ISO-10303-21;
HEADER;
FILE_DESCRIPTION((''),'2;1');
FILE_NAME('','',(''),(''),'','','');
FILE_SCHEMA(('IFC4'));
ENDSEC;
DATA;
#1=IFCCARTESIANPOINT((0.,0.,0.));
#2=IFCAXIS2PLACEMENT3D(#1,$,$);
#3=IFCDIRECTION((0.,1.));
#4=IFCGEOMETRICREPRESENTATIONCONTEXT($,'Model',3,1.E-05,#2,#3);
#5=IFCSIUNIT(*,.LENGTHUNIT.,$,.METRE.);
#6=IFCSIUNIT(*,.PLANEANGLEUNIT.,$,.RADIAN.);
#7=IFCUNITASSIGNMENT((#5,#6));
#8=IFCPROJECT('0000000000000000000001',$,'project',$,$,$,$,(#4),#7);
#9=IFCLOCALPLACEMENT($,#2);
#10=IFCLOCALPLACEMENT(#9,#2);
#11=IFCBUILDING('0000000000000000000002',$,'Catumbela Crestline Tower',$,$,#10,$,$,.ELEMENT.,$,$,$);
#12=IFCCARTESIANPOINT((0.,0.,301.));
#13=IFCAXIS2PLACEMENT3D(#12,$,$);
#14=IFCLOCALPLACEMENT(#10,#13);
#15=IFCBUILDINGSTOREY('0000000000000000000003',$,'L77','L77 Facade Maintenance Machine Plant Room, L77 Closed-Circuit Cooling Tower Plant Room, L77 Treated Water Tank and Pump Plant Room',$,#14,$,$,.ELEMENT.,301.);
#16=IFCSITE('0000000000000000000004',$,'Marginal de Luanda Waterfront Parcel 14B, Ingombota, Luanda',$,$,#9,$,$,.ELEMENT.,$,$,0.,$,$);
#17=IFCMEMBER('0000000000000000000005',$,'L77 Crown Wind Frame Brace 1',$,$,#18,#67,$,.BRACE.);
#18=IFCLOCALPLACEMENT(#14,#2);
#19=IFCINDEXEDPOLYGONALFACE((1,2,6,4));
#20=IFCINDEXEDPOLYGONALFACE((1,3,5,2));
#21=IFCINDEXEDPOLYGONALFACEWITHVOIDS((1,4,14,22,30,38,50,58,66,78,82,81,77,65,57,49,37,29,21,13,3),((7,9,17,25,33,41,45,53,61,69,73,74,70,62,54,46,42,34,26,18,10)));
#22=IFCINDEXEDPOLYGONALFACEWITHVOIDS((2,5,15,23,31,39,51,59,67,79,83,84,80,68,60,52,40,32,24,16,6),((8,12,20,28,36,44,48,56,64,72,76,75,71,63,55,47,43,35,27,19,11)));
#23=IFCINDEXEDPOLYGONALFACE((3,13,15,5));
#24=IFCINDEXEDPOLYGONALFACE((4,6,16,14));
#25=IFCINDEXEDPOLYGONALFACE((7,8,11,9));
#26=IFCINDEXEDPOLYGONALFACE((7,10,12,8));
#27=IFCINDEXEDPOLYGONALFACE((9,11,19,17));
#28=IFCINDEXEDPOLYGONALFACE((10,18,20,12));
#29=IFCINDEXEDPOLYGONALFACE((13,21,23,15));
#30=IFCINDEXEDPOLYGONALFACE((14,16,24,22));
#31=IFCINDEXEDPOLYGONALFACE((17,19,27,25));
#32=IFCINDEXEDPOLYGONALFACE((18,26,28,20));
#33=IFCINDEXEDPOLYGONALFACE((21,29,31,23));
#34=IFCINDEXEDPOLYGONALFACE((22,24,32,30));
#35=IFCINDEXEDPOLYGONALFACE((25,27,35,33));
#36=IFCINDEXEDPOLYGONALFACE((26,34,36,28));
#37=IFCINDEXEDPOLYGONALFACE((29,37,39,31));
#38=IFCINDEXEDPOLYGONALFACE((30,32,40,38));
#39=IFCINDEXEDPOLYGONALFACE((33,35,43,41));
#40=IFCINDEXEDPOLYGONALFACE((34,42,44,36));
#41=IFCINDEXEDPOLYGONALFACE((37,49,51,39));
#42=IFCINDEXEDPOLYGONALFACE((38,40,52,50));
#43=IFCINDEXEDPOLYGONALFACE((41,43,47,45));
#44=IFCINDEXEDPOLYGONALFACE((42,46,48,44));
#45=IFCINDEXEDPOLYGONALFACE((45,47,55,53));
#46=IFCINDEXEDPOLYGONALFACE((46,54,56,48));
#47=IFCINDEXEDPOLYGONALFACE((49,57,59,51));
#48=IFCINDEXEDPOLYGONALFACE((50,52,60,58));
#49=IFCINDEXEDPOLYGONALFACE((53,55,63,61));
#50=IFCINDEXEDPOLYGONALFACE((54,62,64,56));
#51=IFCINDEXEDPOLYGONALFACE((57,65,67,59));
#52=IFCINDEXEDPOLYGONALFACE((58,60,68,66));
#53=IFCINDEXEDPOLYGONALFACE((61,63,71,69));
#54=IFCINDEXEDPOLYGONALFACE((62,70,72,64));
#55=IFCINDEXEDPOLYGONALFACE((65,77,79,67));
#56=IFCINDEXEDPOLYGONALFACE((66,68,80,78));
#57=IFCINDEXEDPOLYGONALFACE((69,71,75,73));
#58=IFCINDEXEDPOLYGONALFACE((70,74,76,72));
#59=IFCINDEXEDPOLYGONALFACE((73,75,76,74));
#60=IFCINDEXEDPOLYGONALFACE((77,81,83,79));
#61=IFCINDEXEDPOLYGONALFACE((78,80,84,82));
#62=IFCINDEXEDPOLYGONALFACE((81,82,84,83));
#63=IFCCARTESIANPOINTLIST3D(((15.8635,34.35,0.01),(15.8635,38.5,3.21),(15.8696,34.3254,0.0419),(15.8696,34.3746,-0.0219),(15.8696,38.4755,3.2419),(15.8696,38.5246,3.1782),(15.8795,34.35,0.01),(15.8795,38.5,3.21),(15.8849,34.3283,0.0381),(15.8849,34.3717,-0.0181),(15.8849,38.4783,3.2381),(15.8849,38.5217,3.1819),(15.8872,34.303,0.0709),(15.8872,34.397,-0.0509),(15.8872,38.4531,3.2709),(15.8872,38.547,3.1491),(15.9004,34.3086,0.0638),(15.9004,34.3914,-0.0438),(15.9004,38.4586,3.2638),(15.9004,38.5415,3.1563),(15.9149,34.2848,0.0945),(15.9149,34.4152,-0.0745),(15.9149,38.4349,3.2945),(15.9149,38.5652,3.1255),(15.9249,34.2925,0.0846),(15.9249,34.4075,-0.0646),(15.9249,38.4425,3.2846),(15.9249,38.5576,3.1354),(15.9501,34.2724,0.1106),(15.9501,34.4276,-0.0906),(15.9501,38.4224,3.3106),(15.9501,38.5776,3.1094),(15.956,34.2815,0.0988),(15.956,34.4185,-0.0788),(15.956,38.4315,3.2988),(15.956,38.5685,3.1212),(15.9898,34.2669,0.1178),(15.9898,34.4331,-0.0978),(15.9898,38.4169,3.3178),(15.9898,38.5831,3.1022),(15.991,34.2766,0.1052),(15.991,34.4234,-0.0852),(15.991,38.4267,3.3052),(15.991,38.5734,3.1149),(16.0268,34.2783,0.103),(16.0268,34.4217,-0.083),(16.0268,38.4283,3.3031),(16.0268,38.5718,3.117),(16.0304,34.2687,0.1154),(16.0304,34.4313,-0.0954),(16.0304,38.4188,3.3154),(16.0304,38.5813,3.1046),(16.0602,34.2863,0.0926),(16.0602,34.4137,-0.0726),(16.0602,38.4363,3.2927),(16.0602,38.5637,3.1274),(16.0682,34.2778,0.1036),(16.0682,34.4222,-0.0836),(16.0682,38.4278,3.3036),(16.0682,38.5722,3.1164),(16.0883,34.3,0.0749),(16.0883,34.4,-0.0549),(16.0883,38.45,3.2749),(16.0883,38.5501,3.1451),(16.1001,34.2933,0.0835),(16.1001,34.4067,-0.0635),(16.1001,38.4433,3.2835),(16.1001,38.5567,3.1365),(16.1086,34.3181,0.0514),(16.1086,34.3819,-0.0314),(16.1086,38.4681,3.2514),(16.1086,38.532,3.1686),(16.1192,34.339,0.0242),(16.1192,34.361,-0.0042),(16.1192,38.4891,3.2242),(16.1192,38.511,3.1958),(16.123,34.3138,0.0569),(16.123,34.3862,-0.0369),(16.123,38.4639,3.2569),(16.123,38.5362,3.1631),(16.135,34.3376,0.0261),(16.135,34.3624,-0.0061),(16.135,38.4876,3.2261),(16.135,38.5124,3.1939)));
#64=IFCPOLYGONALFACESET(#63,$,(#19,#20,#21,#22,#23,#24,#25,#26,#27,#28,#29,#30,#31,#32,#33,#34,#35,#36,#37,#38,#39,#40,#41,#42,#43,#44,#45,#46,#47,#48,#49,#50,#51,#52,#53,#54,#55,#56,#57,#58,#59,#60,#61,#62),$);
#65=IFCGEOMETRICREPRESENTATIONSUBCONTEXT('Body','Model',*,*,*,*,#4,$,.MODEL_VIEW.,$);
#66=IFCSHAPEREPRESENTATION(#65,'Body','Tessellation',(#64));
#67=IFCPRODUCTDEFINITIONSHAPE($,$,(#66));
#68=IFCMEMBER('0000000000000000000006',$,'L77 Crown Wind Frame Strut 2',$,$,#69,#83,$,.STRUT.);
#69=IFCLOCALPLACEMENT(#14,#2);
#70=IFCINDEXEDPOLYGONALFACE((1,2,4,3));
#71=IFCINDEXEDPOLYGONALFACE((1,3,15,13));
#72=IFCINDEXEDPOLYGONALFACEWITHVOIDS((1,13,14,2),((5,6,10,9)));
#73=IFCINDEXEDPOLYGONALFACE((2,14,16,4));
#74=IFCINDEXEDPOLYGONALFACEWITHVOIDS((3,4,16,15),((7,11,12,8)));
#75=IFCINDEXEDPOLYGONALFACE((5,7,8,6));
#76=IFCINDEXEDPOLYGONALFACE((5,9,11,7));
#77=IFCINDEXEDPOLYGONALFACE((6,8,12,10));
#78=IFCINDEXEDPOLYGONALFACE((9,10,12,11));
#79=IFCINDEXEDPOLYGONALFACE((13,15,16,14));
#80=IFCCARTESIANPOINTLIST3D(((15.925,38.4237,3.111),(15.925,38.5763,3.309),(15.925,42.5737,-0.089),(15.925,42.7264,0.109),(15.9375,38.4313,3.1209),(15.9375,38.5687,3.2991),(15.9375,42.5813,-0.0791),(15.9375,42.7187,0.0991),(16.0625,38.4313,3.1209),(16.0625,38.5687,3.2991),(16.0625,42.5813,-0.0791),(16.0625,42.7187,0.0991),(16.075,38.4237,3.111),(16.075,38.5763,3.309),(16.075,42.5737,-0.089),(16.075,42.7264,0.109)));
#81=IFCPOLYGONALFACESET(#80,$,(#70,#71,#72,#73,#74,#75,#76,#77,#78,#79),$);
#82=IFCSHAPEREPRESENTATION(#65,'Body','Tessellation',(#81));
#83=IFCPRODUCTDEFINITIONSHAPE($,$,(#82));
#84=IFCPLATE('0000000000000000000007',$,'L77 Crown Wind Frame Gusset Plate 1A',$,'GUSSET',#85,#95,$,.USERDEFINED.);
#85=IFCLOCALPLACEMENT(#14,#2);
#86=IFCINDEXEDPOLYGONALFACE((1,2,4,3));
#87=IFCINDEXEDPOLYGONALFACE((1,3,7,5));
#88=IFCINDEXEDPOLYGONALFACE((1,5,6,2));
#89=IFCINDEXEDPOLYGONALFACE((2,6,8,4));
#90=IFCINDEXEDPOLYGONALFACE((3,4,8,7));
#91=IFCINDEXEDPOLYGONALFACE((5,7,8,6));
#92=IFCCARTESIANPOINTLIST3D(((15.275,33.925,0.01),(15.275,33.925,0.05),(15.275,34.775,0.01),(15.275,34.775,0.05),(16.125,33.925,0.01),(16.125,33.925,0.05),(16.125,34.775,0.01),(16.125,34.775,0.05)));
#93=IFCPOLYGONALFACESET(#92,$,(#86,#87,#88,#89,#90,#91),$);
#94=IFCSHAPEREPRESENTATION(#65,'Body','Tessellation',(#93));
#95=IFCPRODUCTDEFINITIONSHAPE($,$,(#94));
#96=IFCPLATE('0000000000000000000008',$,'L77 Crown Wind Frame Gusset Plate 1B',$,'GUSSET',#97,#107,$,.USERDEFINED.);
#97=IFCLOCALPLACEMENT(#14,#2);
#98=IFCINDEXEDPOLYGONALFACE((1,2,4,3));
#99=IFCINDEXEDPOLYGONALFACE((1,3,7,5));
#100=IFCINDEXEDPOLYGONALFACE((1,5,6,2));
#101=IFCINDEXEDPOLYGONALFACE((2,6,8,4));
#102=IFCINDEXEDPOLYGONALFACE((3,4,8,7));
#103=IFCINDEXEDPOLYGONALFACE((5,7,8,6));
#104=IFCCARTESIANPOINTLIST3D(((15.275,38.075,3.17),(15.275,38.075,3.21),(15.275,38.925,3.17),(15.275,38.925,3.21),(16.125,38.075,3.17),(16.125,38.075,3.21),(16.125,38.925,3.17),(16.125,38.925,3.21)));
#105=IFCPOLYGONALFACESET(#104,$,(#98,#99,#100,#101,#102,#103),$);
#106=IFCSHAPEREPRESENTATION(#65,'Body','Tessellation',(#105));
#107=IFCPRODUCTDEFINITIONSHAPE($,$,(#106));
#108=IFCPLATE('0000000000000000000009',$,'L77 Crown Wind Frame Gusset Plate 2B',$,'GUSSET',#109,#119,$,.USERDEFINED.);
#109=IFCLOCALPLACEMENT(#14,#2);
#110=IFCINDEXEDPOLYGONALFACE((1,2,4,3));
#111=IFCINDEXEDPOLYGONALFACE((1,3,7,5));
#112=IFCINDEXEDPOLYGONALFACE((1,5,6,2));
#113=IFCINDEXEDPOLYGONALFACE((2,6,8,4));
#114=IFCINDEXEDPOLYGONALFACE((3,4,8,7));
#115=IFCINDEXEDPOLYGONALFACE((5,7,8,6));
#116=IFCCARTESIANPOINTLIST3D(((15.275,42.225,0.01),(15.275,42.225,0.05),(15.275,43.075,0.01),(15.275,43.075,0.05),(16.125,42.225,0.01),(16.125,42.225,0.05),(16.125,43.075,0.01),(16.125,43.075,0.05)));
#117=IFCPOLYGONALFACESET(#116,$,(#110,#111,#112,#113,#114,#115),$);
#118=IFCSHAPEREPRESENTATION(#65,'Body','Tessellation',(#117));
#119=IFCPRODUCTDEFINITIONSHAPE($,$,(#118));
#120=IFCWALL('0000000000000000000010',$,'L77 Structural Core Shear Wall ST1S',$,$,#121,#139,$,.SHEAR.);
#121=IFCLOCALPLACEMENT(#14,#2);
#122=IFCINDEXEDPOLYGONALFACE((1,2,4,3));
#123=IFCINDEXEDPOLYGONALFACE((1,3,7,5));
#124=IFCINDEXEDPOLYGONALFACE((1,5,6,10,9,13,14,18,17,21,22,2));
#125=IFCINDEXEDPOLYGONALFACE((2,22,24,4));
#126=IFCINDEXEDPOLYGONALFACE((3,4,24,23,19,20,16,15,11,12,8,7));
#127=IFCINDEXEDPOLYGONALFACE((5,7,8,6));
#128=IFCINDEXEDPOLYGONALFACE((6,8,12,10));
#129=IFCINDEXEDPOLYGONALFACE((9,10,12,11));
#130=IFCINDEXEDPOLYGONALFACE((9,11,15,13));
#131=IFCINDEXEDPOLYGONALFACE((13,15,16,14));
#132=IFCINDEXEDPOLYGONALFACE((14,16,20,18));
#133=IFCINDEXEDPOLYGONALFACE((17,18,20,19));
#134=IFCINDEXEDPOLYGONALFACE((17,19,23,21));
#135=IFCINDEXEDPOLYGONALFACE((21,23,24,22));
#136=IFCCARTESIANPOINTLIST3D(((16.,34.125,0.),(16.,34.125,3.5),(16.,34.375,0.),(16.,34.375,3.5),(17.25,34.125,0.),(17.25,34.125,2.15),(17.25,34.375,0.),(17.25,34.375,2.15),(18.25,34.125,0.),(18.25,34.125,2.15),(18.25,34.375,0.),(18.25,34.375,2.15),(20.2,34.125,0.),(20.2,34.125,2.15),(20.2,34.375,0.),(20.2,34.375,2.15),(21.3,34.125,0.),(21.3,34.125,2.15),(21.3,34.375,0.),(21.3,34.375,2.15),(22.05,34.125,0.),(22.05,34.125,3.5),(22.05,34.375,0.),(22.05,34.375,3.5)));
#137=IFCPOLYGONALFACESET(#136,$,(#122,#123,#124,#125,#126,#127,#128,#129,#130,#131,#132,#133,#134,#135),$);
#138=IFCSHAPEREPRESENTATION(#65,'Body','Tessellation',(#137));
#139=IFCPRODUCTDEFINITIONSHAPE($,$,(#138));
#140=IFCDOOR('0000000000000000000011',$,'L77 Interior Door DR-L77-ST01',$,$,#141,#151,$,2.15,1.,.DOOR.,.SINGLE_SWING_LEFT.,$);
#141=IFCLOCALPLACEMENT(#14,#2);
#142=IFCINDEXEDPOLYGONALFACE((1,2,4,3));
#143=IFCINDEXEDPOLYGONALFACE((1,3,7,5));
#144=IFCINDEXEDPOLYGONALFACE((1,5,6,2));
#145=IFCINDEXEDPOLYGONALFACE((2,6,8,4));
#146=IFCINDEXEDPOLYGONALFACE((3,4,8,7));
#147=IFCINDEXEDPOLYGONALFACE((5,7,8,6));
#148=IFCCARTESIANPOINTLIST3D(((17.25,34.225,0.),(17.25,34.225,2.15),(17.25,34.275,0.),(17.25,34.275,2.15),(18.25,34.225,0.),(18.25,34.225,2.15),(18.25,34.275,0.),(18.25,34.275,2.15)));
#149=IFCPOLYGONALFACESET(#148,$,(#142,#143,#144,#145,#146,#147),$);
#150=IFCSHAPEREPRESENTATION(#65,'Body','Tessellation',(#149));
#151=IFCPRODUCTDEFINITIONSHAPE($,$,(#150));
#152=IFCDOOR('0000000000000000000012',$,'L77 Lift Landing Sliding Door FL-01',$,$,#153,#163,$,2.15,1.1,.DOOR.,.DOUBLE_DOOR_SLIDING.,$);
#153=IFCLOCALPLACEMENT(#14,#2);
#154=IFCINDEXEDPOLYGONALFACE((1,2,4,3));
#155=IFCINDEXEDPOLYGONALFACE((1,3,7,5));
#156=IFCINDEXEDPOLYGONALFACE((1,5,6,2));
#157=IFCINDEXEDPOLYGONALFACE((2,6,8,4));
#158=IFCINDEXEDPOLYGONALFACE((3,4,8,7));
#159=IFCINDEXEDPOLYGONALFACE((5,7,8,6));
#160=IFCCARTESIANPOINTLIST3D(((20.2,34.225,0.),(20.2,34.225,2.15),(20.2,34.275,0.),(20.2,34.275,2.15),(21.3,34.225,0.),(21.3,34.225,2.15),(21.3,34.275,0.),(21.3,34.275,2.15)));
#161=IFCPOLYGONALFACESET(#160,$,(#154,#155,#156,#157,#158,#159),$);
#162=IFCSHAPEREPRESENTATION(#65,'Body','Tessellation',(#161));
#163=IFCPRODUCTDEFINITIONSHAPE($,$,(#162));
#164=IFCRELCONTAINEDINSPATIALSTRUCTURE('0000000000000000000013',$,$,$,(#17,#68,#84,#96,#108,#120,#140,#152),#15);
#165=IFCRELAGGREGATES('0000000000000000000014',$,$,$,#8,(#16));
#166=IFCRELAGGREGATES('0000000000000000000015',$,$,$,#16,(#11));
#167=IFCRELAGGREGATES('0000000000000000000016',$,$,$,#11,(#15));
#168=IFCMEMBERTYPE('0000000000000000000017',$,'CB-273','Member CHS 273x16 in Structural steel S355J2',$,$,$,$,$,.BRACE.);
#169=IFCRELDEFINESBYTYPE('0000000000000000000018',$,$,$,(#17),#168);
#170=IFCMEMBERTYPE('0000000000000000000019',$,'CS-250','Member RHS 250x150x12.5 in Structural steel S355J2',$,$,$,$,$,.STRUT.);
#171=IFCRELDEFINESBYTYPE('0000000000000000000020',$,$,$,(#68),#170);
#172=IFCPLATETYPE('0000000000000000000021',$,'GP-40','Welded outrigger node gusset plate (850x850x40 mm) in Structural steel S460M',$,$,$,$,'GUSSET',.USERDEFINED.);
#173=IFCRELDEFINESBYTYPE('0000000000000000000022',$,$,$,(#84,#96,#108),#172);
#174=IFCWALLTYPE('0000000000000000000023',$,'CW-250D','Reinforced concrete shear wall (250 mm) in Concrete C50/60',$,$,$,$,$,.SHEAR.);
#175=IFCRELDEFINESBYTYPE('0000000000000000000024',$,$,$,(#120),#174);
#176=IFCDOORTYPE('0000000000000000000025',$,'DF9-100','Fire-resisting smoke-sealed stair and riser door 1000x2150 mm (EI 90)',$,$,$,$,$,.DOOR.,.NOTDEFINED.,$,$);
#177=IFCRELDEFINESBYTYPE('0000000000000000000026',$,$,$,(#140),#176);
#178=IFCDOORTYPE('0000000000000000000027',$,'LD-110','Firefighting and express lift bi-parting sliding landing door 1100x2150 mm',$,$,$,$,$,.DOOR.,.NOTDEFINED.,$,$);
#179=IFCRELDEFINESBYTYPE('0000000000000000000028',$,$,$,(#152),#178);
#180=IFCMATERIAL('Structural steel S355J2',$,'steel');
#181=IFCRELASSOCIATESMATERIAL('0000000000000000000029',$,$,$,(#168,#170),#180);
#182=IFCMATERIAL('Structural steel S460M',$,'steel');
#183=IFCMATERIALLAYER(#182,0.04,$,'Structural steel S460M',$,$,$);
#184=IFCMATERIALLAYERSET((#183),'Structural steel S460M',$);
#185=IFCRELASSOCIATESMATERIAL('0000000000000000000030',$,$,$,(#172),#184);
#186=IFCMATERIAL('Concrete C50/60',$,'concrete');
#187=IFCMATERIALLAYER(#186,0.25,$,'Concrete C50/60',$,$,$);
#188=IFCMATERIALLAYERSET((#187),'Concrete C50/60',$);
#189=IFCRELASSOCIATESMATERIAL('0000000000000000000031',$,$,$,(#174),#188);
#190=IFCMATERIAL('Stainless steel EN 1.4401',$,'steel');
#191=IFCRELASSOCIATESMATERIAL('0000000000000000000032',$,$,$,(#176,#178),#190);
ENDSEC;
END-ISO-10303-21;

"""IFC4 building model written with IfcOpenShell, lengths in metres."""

from ifc_helpers import new_model, si_unit, direction, frame, frame_2d, origin, origin_2d, place, context, subcontext, project, spatial, rectangle, hollow_rectangle, hollow_circle, extrude, material, layer, layer_set, material_profile, profile_set, type_object, element, fill, save


model = new_model("IFC4")

# Units and contexts
model_context = context("Model", 3, precision=1e-05, world=origin(), true_north=direction((0.0, 1.0)))
body_context = subcontext(model_context, "Body", "Model", "MODEL_VIEW")
ifc_project = project(units=[si_unit("LENGTHUNIT", "METRE"), si_unit("PLANEANGLEUNIT", "RADIAN")], contexts=[model_context])

# Site, building, storey
site_placement = place(None, origin())
site = spatial("IfcSite", under=ifc_project, at=site_placement, Name="Marginal de Luanda Waterfront Parcel 14B, Ingombota, Luanda", CompositionType="ELEMENT", RefElevation=0.0)
building_placement = place(site_placement, origin())
building = spatial("IfcBuilding", under=site, at=building_placement, Name="Catumbela Crestline Tower", CompositionType="ELEMENT")
storey_placement = place(building_placement, frame((0.0, 0.0, 301.0)))
storey = spatial("IfcBuildingStorey", under=building, at=storey_placement, Name="L77", Description="L77 Facade Maintenance Machine Plant Room, L77 Closed-Circuit Cooling Tower Plant Room, L77 Treated Water Tank and Pump Plant Room", CompositionType="ELEMENT", Elevation=301.0)

# Members
ifc_material_1 = material(Name="Structural steel S355J2", Category="steel")
ifc_material_profile_1 = material_profile(ifc_material_1, hollow_circle(Radius=0.1365, WallThickness=0.016, at=origin_2d()), Name="CHS 273x16")
ifc_profile_set_1 = profile_set([ifc_material_profile_1], Name="Structural steel S355J2")
member_type_1 = type_object("IfcMemberType", Name="CB-273", Description="Member CHS 273x16 in Structural steel S355J2", PredefinedType="BRACE", material=ifc_profile_set_1)
member_1_placement = place(storey_placement, frame((16.0, 34.35, 0.01), z_axis=(0.0, 0.791914, 0.610633), x_axis=(-1.0, 0.0, 0.0)))
element("IfcMember", 1, at=member_1_placement, inside=storey, type_object=member_type_1, Name="L77 Crown Wind Frame Brace 1", PredefinedType="BRACE", context=body_context, shape_type="SweptSolid", body=[
    extrude(hollow_circle(Radius=0.1365, WallThickness=0.016, at=origin_2d()), origin(), (0.0, 0.0, 1.0), 5.2405),
])
ifc_material_profile_2 = material_profile(ifc_material_1, hollow_rectangle(XDim=0.15, YDim=0.25, WallThickness=0.0125, at=origin_2d()), Name="RHS 250x150x12.5")
ifc_profile_set_2 = profile_set([ifc_material_profile_2], Name="Structural steel S355J2")
member_type_2 = type_object("IfcMemberType", Name="CS-250", Description="Member RHS 250x150x12.5 in Structural steel S355J2", PredefinedType="STRUT", material=ifc_profile_set_2)
member_2_placement = place(storey_placement, frame((16.0, 38.5, 3.21), z_axis=(0.0, 0.791914, -0.610633), x_axis=(-1.0, 0.0, 0.0)))
element("IfcMember", 2, at=member_2_placement, inside=storey, type_object=member_type_2, Name="L77 Crown Wind Frame Strut 2", PredefinedType="STRUT", context=body_context, shape_type="SweptSolid", body=[
    extrude(hollow_rectangle(XDim=0.15, YDim=0.25, WallThickness=0.0125, at=origin_2d()), origin(), (0.0, 0.0, 1.0), 5.2405),
])

# Plates
ifc_material_2 = material(Name="Structural steel S460M", Category="steel")
ifc_layer_1 = layer(ifc_material_2, 0.04, Name="Structural steel S460M")
ifc_layer_set_1 = layer_set([ifc_layer_1], Name="Structural steel S460M")
plate_type = type_object("IfcPlateType", Name="GP-40", Description="Welded outrigger node gusset plate (850x850x40 mm) in Structural steel S460M", ElementType="GUSSET", PredefinedType="USERDEFINED", material=ifc_layer_set_1)
for number, where, z_axis, x_axis, name in (
    (3, (15.7, 34.35, 0.01), (0.0, 0.0, 1.0), (1.0, 0.0, 0.0), "L77 Crown Wind Frame Gusset Plate 1A"),
    (4, (15.7, 38.5, 3.17), (0.0, 0.0, 1.0), (1.0, 0.0, 0.0), "L77 Crown Wind Frame Gusset Plate 1B"),
    (5, (15.7, 42.65, 0.01), (0.0, 0.0, 1.0), (1.0, 0.0, 0.0), "L77 Crown Wind Frame Gusset Plate 2B"),
):
    element("IfcPlate", number, at=place(storey_placement, frame(where, z_axis=z_axis, x_axis=x_axis)), inside=storey, type_object=plate_type, Name=name, ObjectType="GUSSET", PredefinedType="USERDEFINED", context=body_context, shape_type="SweptSolid", body=[
        extrude(rectangle(XDim=0.85, YDim=0.85, at=origin_2d()), origin(), (0.0, 0.0, 1.0), 0.04),
    ])

# Wall, openings, doors
ifc_material_3 = material(Name="Concrete C50/60", Category="concrete")
ifc_layer_2 = layer(ifc_material_3, 0.25, Name="Concrete C50/60")
ifc_layer_set_2 = layer_set([ifc_layer_2], Name="Concrete C50/60")
wall_type_1 = type_object("IfcWallType", Name="CW-250D", Description="Reinforced concrete shear wall (250 mm) in Concrete C50/60", PredefinedType="SHEAR", material=ifc_layer_set_2)
wall_1_placement = place(storey_placement, frame((16.0, 34.25, 0.0), z_axis=(0.0, 0.0, 1.0), x_axis=(1.0, 0.0, 0.0)))
wall_1 = element("IfcWall", 6, at=wall_1_placement, inside=storey, type_object=wall_type_1, Name="L77 Structural Core Shear Wall ST1S", PredefinedType="SHEAR", context=body_context, shape_type="SweptSolid", body=[
    extrude(rectangle(XDim=6.05, YDim=0.25, at=frame_2d((3.025, 0.0))), origin(), (0.0, 0.0, 1.0), 3.5),
])
opening_1_placement = place(wall_1_placement, frame((1.25, 0.0, 0.0)))
opening_1 = element("IfcOpeningElement", 7, at=opening_1_placement, cuts=wall_1, PredefinedType="OPENING", context=body_context, shape_type="SweptSolid", body=[
    extrude(rectangle(XDim=1.0, YDim=2.15, at=frame_2d((0.5, 1.075))), frame((0.0, 0.135, 0.0), z_axis=(0.0, -1.0, 0.0), x_axis=(1.0, 0.0, 0.0)), (0.0, 0.0, 1.0), 0.27),
])
opening_2_placement = place(wall_1_placement, frame((4.2, 0.0, 0.0)))
opening_2 = element("IfcOpeningElement", 8, at=opening_2_placement, cuts=wall_1, PredefinedType="OPENING", context=body_context, shape_type="SweptSolid", body=[
    extrude(rectangle(XDim=1.1, YDim=2.15, at=frame_2d((0.55, 1.075))), frame((0.0, 0.135, 0.0), z_axis=(0.0, -1.0, 0.0), x_axis=(1.0, 0.0, 0.0)), (0.0, 0.0, 1.0), 0.27),
])
ifc_material_4 = material(Name="Stainless steel EN 1.4401", Category="steel")
door_type_1 = type_object("IfcDoorType", Name="DF9-100", Description="Fire-resisting smoke-sealed stair and riser door 1000x2150 mm (EI 90)", OperationType="NOTDEFINED", PredefinedType="DOOR", material=ifc_material_4)
door_1_placement = place(opening_1_placement, origin())
door_1 = element("IfcDoor", 9, at=door_1_placement, inside=storey, type_object=door_type_1, Name="L77 Interior Door DR-L77-ST01", OperationType="SINGLE_SWING_LEFT", OverallHeight=2.15, OverallWidth=1.0, PredefinedType="DOOR", context=body_context, shape_type="SweptSolid", body=[
    extrude(rectangle(XDim=1.0, YDim=2.15, at=frame_2d((0.5, 1.075))), frame((0.0, 0.025, 0.0), z_axis=(0.0, -1.0, 0.0), x_axis=(1.0, 0.0, 0.0)), (0.0, 0.0, 1.0), 0.05),
])
fill(opening_1, door_1)
door_type_2 = type_object("IfcDoorType", Name="LD-110", Description="Firefighting and express lift bi-parting sliding landing door 1100x2150 mm", OperationType="NOTDEFINED", PredefinedType="DOOR", material=ifc_material_4)
door_2_placement = place(opening_2_placement, origin())
door_2 = element("IfcDoor", 10, at=door_2_placement, inside=storey, type_object=door_type_2, Name="L77 Lift Landing Sliding Door FL-01", OperationType="DOUBLE_DOOR_SLIDING", OverallHeight=2.15, OverallWidth=1.1, PredefinedType="DOOR", context=body_context, shape_type="SweptSolid", body=[
    extrude(rectangle(XDim=1.1, YDim=2.15, at=frame_2d((0.55, 1.075))), frame((0.0, 0.025, 0.0), z_axis=(0.0, -1.0, 0.0), x_axis=(1.0, 0.0, 0.0)), (0.0, 0.0, 1.0), 0.05),
])
fill(opening_2, door_2)

save(model, "model.ifc")
